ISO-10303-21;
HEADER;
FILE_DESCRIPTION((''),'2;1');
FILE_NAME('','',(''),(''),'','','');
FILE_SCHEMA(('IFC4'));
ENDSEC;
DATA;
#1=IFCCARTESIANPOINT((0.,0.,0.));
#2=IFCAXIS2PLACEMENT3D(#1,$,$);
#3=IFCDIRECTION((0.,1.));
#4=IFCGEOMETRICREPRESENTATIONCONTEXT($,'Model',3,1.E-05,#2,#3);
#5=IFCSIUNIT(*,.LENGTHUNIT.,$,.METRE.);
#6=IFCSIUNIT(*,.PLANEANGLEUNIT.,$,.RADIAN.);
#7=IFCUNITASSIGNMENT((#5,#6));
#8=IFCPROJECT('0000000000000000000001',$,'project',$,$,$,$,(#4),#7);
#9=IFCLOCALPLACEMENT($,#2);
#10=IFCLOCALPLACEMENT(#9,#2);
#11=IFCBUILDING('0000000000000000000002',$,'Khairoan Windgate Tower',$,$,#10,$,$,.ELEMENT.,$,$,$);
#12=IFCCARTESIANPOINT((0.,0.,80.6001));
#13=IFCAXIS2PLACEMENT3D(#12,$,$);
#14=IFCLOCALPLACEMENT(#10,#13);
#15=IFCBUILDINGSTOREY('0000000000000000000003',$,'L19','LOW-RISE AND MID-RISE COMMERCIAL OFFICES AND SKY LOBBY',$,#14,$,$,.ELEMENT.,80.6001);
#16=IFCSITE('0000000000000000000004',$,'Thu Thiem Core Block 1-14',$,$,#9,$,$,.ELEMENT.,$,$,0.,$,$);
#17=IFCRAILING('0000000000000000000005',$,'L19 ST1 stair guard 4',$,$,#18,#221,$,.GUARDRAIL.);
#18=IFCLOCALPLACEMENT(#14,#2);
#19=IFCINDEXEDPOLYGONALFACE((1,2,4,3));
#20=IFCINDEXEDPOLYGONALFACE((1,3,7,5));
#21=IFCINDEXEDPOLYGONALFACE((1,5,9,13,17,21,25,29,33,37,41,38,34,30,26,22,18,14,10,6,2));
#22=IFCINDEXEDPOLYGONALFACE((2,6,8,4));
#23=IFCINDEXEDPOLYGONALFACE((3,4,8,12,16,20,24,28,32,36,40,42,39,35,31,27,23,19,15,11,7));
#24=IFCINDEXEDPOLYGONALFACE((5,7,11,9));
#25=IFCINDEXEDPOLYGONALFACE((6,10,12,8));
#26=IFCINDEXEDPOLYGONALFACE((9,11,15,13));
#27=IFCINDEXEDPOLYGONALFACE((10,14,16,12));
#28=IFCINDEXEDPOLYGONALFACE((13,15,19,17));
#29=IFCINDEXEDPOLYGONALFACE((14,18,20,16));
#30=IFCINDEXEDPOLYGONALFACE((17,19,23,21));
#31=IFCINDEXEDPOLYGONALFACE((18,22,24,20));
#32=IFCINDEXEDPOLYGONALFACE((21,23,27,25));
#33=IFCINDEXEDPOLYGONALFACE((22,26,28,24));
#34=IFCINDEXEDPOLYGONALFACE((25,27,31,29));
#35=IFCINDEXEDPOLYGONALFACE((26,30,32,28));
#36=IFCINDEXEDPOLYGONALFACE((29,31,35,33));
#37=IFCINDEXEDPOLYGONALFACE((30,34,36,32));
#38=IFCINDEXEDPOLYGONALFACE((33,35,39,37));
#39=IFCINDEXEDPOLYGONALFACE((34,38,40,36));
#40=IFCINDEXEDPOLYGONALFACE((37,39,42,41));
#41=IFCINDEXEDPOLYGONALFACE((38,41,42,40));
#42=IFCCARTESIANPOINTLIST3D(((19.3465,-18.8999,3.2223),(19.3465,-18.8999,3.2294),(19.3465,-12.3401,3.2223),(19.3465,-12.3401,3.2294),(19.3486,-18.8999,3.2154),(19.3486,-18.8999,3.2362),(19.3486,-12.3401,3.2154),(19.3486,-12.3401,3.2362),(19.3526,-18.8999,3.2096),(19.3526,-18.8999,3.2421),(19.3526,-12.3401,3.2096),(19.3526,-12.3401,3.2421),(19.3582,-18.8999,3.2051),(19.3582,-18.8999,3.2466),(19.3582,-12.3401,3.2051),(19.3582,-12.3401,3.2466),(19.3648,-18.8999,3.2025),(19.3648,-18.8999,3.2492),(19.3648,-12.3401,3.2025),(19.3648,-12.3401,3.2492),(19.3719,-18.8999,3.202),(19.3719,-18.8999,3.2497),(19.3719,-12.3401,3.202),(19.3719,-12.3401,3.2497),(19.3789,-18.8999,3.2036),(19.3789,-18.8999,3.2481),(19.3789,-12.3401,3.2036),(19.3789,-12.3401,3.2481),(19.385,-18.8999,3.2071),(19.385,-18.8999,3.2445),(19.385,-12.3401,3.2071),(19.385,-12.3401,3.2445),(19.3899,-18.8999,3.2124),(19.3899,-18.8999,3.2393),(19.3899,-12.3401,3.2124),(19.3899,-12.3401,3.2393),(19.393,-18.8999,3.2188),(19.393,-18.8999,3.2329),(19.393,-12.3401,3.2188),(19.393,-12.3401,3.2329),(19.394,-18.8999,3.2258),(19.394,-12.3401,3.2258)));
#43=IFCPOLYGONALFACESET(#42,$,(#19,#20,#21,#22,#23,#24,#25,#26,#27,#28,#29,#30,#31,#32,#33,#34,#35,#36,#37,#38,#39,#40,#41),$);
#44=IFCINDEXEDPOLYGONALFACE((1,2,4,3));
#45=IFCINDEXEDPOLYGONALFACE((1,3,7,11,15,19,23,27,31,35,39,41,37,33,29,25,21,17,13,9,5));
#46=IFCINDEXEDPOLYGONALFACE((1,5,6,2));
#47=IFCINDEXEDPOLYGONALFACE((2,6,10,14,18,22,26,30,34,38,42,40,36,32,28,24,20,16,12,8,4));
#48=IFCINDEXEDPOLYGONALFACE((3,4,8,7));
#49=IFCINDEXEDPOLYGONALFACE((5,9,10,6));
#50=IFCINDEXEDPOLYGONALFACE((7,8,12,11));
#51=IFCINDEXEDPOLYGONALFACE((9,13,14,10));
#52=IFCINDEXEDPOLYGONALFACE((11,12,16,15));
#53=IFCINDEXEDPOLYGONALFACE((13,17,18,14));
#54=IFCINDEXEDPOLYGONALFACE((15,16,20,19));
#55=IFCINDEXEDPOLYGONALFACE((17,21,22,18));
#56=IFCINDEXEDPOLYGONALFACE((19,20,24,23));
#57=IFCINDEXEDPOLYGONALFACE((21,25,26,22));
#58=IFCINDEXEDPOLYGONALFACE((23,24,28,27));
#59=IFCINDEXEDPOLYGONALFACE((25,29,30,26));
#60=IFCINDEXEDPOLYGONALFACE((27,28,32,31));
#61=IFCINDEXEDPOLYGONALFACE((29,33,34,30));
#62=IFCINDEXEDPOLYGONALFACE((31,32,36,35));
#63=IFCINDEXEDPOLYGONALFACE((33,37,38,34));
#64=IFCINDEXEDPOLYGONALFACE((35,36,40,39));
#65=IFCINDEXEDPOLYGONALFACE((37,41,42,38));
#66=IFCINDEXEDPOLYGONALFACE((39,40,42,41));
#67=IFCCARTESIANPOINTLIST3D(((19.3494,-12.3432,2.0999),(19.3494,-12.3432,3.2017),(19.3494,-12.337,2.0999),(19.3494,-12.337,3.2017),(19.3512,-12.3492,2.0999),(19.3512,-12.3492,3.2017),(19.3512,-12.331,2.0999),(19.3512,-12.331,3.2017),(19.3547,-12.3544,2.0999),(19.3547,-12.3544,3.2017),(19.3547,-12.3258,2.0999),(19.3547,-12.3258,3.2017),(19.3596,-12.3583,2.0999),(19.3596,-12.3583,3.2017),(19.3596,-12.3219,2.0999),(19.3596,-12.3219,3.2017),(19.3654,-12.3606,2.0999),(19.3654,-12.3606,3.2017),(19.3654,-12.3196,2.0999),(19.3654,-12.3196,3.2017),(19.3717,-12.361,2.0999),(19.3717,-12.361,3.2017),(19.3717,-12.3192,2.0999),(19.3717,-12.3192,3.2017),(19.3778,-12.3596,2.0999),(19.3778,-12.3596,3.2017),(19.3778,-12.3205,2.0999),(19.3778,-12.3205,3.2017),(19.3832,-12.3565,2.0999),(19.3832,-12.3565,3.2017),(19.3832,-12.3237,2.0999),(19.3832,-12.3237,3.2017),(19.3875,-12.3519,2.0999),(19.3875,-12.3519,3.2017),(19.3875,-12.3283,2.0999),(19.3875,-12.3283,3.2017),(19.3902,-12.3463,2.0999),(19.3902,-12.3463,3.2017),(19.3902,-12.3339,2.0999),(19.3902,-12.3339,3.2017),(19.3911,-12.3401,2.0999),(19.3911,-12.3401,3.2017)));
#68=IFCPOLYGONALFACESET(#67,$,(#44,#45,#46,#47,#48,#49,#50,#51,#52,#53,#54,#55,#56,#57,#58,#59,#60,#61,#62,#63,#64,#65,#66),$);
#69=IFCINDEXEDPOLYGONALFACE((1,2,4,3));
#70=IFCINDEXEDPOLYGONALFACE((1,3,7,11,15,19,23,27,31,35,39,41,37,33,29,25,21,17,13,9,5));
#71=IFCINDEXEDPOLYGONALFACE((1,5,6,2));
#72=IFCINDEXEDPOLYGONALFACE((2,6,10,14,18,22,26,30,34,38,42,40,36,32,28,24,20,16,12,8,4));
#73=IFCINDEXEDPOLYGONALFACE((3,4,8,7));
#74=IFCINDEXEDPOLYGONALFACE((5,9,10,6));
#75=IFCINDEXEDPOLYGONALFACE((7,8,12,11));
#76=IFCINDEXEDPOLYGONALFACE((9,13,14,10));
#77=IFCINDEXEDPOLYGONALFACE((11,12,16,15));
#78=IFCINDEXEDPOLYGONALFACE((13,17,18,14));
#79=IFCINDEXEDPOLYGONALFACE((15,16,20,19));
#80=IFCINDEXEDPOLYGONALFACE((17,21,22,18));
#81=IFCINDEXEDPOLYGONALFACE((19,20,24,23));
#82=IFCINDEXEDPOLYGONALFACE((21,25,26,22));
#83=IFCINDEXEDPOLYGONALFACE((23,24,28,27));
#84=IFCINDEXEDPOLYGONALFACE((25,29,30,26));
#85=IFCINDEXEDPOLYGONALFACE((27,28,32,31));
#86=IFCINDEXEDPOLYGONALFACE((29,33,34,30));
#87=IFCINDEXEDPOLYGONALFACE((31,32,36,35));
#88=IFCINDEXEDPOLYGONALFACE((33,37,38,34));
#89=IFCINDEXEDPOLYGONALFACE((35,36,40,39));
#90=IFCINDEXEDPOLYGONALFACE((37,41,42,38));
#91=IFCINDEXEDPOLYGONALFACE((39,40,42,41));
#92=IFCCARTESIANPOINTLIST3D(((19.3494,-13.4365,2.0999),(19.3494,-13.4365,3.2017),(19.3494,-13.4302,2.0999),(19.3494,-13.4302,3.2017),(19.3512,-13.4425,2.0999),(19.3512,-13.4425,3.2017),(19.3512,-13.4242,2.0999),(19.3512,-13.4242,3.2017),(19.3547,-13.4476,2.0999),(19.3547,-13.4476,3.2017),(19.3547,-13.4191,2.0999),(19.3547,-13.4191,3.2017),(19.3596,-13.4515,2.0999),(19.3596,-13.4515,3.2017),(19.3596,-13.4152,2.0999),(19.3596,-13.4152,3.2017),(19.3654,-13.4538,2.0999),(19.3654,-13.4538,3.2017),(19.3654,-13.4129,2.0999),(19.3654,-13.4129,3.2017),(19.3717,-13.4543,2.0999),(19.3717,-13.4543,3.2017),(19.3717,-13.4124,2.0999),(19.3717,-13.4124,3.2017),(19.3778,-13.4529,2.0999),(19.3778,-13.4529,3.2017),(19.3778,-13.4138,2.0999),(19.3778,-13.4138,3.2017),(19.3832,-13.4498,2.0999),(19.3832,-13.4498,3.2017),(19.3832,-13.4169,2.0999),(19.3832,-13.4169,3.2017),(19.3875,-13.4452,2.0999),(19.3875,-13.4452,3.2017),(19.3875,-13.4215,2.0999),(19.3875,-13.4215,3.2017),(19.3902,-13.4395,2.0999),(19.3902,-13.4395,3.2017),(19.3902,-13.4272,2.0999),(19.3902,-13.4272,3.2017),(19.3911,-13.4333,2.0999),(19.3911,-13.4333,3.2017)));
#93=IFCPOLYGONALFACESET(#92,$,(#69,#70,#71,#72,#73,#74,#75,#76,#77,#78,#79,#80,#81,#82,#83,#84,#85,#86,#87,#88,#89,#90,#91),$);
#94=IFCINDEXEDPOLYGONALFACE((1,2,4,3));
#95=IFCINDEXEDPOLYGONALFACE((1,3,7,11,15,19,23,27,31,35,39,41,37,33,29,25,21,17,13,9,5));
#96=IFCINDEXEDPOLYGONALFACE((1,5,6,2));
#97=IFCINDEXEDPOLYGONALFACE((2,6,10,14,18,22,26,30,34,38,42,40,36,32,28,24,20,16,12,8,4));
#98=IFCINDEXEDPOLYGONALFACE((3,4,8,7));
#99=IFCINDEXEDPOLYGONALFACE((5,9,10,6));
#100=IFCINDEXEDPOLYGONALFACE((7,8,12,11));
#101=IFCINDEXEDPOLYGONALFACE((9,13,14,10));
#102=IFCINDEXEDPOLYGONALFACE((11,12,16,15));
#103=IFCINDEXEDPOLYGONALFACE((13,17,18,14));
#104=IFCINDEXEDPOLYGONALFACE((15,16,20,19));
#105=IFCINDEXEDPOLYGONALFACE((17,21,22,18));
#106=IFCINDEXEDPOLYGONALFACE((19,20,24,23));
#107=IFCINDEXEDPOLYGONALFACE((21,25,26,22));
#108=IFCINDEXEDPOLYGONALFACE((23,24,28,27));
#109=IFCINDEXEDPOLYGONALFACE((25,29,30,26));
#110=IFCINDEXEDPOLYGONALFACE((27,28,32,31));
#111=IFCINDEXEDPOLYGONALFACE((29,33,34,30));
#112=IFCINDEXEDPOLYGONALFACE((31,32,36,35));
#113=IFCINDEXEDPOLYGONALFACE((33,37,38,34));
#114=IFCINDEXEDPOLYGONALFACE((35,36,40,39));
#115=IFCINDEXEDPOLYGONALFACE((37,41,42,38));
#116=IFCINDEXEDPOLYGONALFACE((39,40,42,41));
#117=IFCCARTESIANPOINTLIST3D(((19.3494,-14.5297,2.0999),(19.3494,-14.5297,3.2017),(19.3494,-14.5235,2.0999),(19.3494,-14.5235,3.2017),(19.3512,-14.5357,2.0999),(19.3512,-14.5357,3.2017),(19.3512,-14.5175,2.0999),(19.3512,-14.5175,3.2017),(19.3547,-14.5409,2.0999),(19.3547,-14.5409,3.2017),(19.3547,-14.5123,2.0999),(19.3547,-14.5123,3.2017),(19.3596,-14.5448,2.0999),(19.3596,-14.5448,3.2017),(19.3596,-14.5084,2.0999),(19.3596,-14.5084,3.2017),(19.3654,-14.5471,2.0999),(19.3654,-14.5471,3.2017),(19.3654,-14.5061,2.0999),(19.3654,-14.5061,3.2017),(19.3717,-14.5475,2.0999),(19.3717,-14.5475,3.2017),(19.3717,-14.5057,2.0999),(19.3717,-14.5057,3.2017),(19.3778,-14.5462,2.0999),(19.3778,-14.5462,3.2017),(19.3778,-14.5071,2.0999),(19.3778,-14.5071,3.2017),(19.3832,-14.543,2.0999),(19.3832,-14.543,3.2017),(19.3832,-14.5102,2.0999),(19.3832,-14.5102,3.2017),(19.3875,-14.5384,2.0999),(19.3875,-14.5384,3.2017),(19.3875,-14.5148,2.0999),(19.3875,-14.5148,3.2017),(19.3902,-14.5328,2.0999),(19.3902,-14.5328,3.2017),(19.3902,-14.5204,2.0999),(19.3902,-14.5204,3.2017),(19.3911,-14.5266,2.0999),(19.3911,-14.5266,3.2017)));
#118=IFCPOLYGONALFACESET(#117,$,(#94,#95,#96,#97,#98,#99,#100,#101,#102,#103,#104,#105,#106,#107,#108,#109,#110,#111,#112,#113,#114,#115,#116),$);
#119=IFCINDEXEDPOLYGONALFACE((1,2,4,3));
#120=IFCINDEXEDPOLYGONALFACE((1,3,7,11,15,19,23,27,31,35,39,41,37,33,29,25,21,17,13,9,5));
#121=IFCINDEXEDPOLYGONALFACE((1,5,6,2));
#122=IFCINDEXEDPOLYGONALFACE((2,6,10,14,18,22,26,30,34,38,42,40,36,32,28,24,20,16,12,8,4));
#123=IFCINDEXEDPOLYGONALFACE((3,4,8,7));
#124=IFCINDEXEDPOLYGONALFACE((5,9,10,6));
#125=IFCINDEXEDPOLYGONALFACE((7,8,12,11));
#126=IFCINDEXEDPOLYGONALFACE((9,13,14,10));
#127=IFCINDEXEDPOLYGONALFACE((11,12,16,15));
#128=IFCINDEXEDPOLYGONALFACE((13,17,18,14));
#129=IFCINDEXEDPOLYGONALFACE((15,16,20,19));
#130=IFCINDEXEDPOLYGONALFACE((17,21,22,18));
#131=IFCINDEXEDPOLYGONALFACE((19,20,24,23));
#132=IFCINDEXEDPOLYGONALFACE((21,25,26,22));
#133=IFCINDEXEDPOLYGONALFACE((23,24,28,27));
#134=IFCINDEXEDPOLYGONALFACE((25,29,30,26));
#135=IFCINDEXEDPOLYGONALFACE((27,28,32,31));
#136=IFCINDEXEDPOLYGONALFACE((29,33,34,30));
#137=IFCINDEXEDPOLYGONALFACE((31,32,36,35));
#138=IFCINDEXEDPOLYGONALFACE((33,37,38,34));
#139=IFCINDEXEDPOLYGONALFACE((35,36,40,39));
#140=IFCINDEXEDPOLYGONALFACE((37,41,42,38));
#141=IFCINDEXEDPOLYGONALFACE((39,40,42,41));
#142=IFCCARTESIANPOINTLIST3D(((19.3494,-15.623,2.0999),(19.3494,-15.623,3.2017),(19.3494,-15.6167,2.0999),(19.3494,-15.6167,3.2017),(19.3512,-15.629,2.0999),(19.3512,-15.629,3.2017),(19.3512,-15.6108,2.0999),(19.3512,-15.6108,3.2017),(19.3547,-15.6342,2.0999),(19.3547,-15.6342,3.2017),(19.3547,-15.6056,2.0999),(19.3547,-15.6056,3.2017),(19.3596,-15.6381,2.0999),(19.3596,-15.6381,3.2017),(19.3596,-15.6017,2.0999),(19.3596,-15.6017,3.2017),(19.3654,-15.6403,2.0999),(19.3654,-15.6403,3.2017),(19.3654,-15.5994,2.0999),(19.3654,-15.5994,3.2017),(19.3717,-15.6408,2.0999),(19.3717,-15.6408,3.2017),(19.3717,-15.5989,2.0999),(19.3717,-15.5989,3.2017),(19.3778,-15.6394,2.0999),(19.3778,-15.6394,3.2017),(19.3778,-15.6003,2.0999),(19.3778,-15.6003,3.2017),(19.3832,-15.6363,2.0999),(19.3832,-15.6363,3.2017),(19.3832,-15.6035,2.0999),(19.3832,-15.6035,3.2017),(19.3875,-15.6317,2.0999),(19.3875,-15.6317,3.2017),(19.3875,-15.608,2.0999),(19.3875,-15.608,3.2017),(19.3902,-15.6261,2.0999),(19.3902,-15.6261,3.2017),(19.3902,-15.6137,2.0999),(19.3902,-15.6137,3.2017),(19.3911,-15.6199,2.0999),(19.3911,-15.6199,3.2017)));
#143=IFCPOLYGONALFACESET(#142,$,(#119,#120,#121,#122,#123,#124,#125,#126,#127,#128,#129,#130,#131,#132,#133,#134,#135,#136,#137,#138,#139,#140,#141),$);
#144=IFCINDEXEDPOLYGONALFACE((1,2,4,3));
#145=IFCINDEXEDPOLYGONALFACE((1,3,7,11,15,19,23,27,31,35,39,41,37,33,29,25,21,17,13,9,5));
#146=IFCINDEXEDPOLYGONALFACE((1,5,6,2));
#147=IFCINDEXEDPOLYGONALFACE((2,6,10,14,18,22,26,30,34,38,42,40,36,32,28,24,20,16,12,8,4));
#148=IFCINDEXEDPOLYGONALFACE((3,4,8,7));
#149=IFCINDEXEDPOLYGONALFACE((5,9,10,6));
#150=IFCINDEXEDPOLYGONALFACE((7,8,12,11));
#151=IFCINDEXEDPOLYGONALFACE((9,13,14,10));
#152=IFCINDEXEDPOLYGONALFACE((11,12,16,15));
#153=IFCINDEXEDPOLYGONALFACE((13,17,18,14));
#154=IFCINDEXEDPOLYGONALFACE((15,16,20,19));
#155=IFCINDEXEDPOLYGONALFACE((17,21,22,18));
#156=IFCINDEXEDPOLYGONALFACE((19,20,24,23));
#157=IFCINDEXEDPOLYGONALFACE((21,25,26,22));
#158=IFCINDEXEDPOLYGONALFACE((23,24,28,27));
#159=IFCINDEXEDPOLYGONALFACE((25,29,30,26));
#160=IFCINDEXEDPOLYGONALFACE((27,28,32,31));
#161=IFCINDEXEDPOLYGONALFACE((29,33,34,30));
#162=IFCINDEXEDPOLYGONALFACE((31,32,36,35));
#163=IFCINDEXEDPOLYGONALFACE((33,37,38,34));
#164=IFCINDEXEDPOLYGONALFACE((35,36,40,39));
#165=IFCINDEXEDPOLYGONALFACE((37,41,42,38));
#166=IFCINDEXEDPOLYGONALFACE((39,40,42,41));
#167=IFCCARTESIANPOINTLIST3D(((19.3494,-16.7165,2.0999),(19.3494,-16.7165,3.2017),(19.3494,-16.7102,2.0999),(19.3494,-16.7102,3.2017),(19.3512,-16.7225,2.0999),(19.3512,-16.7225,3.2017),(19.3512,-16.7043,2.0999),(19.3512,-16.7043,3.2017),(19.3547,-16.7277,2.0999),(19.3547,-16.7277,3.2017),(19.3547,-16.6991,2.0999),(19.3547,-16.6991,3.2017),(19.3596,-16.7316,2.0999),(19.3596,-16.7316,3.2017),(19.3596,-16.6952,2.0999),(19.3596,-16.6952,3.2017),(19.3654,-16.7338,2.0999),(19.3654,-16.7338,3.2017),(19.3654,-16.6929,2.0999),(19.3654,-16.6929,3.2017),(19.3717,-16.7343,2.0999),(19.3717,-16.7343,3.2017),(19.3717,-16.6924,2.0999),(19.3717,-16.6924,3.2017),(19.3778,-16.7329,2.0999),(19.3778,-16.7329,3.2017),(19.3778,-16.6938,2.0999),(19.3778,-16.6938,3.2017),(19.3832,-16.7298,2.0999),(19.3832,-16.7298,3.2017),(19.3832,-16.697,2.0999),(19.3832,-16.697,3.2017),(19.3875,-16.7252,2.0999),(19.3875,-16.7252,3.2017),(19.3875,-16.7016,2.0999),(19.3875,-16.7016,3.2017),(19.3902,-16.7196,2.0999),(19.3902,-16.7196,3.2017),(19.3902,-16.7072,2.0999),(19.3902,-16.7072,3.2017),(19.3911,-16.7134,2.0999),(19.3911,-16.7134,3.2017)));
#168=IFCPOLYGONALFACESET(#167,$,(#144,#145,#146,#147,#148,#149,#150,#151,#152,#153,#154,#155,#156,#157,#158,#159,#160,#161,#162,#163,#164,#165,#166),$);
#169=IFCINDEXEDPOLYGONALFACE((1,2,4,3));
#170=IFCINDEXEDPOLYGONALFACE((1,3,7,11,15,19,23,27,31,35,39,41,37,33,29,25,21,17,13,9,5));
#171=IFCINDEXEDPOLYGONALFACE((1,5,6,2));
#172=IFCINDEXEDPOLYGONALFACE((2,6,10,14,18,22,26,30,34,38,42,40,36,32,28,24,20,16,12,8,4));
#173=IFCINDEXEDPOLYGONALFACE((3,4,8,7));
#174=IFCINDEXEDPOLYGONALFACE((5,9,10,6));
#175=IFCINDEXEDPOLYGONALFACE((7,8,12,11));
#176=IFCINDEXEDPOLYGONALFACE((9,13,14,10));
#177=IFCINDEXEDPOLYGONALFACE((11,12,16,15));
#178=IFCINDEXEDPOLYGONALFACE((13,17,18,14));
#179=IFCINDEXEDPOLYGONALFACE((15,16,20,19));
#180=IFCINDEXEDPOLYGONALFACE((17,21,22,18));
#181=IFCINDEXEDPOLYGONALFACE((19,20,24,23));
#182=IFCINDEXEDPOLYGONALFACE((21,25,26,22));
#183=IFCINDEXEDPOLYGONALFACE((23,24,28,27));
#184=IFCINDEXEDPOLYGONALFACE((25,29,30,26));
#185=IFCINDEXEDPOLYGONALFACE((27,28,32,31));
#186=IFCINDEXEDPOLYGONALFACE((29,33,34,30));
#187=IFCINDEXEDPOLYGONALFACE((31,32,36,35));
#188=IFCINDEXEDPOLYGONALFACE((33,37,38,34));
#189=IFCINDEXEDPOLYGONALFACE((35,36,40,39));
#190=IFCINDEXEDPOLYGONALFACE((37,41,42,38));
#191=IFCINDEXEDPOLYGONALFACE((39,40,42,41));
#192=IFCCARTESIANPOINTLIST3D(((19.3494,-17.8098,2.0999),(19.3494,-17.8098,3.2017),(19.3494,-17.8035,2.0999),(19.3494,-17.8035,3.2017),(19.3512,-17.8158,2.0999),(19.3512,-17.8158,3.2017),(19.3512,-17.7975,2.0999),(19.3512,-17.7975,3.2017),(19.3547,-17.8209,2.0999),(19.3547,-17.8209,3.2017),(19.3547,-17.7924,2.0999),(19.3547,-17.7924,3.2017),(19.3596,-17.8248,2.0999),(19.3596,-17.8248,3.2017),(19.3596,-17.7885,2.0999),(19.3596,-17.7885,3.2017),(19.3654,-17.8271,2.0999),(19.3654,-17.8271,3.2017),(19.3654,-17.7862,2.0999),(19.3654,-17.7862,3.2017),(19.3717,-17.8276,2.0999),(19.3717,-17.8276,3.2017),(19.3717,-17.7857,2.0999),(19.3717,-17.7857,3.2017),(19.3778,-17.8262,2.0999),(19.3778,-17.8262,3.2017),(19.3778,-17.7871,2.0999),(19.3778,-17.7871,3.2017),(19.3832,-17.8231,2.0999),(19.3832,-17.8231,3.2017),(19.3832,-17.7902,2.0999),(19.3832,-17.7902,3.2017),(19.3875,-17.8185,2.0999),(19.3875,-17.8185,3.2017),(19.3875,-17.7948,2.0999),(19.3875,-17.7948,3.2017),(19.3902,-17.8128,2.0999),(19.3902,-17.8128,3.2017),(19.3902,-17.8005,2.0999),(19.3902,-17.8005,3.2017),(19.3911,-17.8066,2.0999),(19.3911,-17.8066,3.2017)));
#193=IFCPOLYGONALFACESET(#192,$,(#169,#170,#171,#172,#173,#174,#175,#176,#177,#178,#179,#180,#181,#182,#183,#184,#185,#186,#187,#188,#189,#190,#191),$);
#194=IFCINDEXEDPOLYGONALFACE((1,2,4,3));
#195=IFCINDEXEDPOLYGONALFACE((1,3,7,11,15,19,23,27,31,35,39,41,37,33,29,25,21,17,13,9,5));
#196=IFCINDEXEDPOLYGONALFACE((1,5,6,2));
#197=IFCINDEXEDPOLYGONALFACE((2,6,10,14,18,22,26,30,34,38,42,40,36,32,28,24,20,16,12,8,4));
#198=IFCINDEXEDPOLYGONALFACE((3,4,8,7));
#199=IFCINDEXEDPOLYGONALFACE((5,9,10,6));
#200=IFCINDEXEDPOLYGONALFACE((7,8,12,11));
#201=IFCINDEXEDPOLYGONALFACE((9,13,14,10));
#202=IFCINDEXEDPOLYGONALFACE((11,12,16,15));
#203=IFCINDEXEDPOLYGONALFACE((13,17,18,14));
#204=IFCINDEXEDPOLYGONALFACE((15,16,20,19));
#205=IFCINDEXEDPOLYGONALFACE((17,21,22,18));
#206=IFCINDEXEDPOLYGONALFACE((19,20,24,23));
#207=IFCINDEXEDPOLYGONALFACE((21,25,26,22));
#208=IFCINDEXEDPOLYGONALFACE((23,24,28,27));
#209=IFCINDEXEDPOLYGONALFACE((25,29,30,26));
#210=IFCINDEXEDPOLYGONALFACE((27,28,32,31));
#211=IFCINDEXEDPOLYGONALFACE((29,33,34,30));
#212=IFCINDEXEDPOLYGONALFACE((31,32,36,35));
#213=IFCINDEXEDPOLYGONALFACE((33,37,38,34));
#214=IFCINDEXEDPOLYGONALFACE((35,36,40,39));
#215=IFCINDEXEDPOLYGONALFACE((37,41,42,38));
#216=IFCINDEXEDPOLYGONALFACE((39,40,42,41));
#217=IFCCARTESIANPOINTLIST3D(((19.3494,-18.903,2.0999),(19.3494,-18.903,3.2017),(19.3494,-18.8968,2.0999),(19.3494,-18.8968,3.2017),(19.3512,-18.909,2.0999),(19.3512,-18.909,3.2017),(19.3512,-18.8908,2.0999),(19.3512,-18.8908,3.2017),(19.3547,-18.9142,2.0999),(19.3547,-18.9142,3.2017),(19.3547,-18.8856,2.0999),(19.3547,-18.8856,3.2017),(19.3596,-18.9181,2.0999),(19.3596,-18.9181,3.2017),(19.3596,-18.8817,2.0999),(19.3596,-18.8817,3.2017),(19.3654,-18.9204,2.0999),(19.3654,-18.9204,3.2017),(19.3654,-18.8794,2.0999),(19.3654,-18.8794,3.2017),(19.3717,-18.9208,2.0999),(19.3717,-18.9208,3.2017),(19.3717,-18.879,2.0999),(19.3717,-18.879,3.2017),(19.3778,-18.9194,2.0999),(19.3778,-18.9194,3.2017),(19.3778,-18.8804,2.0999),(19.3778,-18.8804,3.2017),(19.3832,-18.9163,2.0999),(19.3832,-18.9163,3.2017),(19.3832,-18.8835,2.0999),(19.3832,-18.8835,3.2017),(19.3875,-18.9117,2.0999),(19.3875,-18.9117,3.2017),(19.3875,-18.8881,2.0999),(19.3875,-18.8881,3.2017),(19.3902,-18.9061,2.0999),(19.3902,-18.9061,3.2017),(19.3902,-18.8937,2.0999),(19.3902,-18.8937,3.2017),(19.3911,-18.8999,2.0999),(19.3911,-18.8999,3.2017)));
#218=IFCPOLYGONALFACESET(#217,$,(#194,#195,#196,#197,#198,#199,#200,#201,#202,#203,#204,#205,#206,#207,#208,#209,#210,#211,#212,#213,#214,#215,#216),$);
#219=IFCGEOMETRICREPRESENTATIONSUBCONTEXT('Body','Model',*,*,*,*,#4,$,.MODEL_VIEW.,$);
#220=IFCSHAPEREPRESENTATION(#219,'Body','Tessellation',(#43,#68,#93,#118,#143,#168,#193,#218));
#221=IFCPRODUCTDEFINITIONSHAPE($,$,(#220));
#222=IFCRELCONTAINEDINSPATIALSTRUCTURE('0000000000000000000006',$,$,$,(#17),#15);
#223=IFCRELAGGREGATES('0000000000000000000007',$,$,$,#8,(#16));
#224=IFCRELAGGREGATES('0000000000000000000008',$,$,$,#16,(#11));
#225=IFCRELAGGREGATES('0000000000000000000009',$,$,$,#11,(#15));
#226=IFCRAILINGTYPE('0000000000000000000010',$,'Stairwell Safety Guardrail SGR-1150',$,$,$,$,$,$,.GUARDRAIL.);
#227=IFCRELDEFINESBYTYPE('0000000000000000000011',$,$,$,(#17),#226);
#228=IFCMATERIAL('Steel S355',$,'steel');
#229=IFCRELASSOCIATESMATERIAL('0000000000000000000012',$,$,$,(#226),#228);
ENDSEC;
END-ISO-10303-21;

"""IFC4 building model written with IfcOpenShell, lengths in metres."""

from ifc_helpers import new_model, si_unit, direction, frame, origin, origin_2d, place, context, subcontext, project, spatial, circle, extrude, material, type_object, element, save


model = new_model("IFC4")

# Units and contexts
model_context = context("Model", 3, precision=1e-05, world=origin(), true_north=direction((0.0, 1.0)))
body_context = subcontext(model_context, "Body", "Model", "MODEL_VIEW")
ifc_project = project(units=[si_unit("LENGTHUNIT", "METRE"), si_unit("PLANEANGLEUNIT", "RADIAN")], contexts=[model_context])

# Site, building, storey
site_placement = place(None, origin())
site = spatial("IfcSite", under=ifc_project, at=site_placement, Name="Thu Thiem Core Block 1-14", CompositionType="ELEMENT", RefElevation=0.0)
building_placement = place(site_placement, origin())
building = spatial("IfcBuilding", under=site, at=building_placement, Name="Khairoan Windgate Tower", CompositionType="ELEMENT")
storey_placement = place(building_placement, frame((0.0, 0.0, 80.6001)))
storey = spatial("IfcBuildingStorey", under=building, at=storey_placement, Name="L19", Description="LOW-RISE AND MID-RISE COMMERCIAL OFFICES AND SKY LOBBY", CompositionType="ELEMENT", Elevation=80.6001)

# Railing
ifc_material_1 = material(Name="Steel S355", Category="steel")
railing_type_1 = type_object("IfcRailingType", Name="Stairwell Safety Guardrail SGR-1150", PredefinedType="GUARDRAIL", material=ifc_material_1)
railing_1_placement = place(storey_placement, frame((19.3701, -12.3401, 2.0999)))
element("IfcRailing", 1, at=railing_1_placement, inside=storey, type_object=railing_type_1, Name="L19 ST1 stair guard 4", PredefinedType="GUARDRAIL", context=body_context, shape_type="SweptSolid", body=[
    extrude(circle(Radius=0.0239, at=origin_2d()), frame((0.0, 0.0, 1.126), z_axis=(0.0, -1.0, 0.0), x_axis=(1.0, 0.0, 0.0)), (0.0, 0.0, 1.0), 6.5598),
    extrude(circle(Radius=0.021, at=origin_2d()), origin(), (0.0, 0.0, 1.0), 1.1018),
    extrude(circle(Radius=0.021, at=origin_2d()), frame((0.0, -1.0933, 0.0)), (0.0, 0.0, 1.0), 1.1018),
    extrude(circle(Radius=0.021, at=origin_2d()), frame((0.0, -2.1865, 0.0)), (0.0, 0.0, 1.0), 1.1018),
    extrude(circle(Radius=0.021, at=origin_2d()), frame((0.0, -3.2798, 0.0)), (0.0, 0.0, 1.0), 1.1018),
    extrude(circle(Radius=0.021, at=origin_2d()), frame((0.0, -4.3733, 0.0)), (0.0, 0.0, 1.0), 1.1018),
    extrude(circle(Radius=0.021, at=origin_2d()), frame((0.0, -5.4666, 0.0)), (0.0, 0.0, 1.0), 1.1018),
    extrude(circle(Radius=0.021, at=origin_2d()), frame((0.0, -6.5598, 0.0)), (0.0, 0.0, 1.0), 1.1018),
])

save(model, "model.ifc")
